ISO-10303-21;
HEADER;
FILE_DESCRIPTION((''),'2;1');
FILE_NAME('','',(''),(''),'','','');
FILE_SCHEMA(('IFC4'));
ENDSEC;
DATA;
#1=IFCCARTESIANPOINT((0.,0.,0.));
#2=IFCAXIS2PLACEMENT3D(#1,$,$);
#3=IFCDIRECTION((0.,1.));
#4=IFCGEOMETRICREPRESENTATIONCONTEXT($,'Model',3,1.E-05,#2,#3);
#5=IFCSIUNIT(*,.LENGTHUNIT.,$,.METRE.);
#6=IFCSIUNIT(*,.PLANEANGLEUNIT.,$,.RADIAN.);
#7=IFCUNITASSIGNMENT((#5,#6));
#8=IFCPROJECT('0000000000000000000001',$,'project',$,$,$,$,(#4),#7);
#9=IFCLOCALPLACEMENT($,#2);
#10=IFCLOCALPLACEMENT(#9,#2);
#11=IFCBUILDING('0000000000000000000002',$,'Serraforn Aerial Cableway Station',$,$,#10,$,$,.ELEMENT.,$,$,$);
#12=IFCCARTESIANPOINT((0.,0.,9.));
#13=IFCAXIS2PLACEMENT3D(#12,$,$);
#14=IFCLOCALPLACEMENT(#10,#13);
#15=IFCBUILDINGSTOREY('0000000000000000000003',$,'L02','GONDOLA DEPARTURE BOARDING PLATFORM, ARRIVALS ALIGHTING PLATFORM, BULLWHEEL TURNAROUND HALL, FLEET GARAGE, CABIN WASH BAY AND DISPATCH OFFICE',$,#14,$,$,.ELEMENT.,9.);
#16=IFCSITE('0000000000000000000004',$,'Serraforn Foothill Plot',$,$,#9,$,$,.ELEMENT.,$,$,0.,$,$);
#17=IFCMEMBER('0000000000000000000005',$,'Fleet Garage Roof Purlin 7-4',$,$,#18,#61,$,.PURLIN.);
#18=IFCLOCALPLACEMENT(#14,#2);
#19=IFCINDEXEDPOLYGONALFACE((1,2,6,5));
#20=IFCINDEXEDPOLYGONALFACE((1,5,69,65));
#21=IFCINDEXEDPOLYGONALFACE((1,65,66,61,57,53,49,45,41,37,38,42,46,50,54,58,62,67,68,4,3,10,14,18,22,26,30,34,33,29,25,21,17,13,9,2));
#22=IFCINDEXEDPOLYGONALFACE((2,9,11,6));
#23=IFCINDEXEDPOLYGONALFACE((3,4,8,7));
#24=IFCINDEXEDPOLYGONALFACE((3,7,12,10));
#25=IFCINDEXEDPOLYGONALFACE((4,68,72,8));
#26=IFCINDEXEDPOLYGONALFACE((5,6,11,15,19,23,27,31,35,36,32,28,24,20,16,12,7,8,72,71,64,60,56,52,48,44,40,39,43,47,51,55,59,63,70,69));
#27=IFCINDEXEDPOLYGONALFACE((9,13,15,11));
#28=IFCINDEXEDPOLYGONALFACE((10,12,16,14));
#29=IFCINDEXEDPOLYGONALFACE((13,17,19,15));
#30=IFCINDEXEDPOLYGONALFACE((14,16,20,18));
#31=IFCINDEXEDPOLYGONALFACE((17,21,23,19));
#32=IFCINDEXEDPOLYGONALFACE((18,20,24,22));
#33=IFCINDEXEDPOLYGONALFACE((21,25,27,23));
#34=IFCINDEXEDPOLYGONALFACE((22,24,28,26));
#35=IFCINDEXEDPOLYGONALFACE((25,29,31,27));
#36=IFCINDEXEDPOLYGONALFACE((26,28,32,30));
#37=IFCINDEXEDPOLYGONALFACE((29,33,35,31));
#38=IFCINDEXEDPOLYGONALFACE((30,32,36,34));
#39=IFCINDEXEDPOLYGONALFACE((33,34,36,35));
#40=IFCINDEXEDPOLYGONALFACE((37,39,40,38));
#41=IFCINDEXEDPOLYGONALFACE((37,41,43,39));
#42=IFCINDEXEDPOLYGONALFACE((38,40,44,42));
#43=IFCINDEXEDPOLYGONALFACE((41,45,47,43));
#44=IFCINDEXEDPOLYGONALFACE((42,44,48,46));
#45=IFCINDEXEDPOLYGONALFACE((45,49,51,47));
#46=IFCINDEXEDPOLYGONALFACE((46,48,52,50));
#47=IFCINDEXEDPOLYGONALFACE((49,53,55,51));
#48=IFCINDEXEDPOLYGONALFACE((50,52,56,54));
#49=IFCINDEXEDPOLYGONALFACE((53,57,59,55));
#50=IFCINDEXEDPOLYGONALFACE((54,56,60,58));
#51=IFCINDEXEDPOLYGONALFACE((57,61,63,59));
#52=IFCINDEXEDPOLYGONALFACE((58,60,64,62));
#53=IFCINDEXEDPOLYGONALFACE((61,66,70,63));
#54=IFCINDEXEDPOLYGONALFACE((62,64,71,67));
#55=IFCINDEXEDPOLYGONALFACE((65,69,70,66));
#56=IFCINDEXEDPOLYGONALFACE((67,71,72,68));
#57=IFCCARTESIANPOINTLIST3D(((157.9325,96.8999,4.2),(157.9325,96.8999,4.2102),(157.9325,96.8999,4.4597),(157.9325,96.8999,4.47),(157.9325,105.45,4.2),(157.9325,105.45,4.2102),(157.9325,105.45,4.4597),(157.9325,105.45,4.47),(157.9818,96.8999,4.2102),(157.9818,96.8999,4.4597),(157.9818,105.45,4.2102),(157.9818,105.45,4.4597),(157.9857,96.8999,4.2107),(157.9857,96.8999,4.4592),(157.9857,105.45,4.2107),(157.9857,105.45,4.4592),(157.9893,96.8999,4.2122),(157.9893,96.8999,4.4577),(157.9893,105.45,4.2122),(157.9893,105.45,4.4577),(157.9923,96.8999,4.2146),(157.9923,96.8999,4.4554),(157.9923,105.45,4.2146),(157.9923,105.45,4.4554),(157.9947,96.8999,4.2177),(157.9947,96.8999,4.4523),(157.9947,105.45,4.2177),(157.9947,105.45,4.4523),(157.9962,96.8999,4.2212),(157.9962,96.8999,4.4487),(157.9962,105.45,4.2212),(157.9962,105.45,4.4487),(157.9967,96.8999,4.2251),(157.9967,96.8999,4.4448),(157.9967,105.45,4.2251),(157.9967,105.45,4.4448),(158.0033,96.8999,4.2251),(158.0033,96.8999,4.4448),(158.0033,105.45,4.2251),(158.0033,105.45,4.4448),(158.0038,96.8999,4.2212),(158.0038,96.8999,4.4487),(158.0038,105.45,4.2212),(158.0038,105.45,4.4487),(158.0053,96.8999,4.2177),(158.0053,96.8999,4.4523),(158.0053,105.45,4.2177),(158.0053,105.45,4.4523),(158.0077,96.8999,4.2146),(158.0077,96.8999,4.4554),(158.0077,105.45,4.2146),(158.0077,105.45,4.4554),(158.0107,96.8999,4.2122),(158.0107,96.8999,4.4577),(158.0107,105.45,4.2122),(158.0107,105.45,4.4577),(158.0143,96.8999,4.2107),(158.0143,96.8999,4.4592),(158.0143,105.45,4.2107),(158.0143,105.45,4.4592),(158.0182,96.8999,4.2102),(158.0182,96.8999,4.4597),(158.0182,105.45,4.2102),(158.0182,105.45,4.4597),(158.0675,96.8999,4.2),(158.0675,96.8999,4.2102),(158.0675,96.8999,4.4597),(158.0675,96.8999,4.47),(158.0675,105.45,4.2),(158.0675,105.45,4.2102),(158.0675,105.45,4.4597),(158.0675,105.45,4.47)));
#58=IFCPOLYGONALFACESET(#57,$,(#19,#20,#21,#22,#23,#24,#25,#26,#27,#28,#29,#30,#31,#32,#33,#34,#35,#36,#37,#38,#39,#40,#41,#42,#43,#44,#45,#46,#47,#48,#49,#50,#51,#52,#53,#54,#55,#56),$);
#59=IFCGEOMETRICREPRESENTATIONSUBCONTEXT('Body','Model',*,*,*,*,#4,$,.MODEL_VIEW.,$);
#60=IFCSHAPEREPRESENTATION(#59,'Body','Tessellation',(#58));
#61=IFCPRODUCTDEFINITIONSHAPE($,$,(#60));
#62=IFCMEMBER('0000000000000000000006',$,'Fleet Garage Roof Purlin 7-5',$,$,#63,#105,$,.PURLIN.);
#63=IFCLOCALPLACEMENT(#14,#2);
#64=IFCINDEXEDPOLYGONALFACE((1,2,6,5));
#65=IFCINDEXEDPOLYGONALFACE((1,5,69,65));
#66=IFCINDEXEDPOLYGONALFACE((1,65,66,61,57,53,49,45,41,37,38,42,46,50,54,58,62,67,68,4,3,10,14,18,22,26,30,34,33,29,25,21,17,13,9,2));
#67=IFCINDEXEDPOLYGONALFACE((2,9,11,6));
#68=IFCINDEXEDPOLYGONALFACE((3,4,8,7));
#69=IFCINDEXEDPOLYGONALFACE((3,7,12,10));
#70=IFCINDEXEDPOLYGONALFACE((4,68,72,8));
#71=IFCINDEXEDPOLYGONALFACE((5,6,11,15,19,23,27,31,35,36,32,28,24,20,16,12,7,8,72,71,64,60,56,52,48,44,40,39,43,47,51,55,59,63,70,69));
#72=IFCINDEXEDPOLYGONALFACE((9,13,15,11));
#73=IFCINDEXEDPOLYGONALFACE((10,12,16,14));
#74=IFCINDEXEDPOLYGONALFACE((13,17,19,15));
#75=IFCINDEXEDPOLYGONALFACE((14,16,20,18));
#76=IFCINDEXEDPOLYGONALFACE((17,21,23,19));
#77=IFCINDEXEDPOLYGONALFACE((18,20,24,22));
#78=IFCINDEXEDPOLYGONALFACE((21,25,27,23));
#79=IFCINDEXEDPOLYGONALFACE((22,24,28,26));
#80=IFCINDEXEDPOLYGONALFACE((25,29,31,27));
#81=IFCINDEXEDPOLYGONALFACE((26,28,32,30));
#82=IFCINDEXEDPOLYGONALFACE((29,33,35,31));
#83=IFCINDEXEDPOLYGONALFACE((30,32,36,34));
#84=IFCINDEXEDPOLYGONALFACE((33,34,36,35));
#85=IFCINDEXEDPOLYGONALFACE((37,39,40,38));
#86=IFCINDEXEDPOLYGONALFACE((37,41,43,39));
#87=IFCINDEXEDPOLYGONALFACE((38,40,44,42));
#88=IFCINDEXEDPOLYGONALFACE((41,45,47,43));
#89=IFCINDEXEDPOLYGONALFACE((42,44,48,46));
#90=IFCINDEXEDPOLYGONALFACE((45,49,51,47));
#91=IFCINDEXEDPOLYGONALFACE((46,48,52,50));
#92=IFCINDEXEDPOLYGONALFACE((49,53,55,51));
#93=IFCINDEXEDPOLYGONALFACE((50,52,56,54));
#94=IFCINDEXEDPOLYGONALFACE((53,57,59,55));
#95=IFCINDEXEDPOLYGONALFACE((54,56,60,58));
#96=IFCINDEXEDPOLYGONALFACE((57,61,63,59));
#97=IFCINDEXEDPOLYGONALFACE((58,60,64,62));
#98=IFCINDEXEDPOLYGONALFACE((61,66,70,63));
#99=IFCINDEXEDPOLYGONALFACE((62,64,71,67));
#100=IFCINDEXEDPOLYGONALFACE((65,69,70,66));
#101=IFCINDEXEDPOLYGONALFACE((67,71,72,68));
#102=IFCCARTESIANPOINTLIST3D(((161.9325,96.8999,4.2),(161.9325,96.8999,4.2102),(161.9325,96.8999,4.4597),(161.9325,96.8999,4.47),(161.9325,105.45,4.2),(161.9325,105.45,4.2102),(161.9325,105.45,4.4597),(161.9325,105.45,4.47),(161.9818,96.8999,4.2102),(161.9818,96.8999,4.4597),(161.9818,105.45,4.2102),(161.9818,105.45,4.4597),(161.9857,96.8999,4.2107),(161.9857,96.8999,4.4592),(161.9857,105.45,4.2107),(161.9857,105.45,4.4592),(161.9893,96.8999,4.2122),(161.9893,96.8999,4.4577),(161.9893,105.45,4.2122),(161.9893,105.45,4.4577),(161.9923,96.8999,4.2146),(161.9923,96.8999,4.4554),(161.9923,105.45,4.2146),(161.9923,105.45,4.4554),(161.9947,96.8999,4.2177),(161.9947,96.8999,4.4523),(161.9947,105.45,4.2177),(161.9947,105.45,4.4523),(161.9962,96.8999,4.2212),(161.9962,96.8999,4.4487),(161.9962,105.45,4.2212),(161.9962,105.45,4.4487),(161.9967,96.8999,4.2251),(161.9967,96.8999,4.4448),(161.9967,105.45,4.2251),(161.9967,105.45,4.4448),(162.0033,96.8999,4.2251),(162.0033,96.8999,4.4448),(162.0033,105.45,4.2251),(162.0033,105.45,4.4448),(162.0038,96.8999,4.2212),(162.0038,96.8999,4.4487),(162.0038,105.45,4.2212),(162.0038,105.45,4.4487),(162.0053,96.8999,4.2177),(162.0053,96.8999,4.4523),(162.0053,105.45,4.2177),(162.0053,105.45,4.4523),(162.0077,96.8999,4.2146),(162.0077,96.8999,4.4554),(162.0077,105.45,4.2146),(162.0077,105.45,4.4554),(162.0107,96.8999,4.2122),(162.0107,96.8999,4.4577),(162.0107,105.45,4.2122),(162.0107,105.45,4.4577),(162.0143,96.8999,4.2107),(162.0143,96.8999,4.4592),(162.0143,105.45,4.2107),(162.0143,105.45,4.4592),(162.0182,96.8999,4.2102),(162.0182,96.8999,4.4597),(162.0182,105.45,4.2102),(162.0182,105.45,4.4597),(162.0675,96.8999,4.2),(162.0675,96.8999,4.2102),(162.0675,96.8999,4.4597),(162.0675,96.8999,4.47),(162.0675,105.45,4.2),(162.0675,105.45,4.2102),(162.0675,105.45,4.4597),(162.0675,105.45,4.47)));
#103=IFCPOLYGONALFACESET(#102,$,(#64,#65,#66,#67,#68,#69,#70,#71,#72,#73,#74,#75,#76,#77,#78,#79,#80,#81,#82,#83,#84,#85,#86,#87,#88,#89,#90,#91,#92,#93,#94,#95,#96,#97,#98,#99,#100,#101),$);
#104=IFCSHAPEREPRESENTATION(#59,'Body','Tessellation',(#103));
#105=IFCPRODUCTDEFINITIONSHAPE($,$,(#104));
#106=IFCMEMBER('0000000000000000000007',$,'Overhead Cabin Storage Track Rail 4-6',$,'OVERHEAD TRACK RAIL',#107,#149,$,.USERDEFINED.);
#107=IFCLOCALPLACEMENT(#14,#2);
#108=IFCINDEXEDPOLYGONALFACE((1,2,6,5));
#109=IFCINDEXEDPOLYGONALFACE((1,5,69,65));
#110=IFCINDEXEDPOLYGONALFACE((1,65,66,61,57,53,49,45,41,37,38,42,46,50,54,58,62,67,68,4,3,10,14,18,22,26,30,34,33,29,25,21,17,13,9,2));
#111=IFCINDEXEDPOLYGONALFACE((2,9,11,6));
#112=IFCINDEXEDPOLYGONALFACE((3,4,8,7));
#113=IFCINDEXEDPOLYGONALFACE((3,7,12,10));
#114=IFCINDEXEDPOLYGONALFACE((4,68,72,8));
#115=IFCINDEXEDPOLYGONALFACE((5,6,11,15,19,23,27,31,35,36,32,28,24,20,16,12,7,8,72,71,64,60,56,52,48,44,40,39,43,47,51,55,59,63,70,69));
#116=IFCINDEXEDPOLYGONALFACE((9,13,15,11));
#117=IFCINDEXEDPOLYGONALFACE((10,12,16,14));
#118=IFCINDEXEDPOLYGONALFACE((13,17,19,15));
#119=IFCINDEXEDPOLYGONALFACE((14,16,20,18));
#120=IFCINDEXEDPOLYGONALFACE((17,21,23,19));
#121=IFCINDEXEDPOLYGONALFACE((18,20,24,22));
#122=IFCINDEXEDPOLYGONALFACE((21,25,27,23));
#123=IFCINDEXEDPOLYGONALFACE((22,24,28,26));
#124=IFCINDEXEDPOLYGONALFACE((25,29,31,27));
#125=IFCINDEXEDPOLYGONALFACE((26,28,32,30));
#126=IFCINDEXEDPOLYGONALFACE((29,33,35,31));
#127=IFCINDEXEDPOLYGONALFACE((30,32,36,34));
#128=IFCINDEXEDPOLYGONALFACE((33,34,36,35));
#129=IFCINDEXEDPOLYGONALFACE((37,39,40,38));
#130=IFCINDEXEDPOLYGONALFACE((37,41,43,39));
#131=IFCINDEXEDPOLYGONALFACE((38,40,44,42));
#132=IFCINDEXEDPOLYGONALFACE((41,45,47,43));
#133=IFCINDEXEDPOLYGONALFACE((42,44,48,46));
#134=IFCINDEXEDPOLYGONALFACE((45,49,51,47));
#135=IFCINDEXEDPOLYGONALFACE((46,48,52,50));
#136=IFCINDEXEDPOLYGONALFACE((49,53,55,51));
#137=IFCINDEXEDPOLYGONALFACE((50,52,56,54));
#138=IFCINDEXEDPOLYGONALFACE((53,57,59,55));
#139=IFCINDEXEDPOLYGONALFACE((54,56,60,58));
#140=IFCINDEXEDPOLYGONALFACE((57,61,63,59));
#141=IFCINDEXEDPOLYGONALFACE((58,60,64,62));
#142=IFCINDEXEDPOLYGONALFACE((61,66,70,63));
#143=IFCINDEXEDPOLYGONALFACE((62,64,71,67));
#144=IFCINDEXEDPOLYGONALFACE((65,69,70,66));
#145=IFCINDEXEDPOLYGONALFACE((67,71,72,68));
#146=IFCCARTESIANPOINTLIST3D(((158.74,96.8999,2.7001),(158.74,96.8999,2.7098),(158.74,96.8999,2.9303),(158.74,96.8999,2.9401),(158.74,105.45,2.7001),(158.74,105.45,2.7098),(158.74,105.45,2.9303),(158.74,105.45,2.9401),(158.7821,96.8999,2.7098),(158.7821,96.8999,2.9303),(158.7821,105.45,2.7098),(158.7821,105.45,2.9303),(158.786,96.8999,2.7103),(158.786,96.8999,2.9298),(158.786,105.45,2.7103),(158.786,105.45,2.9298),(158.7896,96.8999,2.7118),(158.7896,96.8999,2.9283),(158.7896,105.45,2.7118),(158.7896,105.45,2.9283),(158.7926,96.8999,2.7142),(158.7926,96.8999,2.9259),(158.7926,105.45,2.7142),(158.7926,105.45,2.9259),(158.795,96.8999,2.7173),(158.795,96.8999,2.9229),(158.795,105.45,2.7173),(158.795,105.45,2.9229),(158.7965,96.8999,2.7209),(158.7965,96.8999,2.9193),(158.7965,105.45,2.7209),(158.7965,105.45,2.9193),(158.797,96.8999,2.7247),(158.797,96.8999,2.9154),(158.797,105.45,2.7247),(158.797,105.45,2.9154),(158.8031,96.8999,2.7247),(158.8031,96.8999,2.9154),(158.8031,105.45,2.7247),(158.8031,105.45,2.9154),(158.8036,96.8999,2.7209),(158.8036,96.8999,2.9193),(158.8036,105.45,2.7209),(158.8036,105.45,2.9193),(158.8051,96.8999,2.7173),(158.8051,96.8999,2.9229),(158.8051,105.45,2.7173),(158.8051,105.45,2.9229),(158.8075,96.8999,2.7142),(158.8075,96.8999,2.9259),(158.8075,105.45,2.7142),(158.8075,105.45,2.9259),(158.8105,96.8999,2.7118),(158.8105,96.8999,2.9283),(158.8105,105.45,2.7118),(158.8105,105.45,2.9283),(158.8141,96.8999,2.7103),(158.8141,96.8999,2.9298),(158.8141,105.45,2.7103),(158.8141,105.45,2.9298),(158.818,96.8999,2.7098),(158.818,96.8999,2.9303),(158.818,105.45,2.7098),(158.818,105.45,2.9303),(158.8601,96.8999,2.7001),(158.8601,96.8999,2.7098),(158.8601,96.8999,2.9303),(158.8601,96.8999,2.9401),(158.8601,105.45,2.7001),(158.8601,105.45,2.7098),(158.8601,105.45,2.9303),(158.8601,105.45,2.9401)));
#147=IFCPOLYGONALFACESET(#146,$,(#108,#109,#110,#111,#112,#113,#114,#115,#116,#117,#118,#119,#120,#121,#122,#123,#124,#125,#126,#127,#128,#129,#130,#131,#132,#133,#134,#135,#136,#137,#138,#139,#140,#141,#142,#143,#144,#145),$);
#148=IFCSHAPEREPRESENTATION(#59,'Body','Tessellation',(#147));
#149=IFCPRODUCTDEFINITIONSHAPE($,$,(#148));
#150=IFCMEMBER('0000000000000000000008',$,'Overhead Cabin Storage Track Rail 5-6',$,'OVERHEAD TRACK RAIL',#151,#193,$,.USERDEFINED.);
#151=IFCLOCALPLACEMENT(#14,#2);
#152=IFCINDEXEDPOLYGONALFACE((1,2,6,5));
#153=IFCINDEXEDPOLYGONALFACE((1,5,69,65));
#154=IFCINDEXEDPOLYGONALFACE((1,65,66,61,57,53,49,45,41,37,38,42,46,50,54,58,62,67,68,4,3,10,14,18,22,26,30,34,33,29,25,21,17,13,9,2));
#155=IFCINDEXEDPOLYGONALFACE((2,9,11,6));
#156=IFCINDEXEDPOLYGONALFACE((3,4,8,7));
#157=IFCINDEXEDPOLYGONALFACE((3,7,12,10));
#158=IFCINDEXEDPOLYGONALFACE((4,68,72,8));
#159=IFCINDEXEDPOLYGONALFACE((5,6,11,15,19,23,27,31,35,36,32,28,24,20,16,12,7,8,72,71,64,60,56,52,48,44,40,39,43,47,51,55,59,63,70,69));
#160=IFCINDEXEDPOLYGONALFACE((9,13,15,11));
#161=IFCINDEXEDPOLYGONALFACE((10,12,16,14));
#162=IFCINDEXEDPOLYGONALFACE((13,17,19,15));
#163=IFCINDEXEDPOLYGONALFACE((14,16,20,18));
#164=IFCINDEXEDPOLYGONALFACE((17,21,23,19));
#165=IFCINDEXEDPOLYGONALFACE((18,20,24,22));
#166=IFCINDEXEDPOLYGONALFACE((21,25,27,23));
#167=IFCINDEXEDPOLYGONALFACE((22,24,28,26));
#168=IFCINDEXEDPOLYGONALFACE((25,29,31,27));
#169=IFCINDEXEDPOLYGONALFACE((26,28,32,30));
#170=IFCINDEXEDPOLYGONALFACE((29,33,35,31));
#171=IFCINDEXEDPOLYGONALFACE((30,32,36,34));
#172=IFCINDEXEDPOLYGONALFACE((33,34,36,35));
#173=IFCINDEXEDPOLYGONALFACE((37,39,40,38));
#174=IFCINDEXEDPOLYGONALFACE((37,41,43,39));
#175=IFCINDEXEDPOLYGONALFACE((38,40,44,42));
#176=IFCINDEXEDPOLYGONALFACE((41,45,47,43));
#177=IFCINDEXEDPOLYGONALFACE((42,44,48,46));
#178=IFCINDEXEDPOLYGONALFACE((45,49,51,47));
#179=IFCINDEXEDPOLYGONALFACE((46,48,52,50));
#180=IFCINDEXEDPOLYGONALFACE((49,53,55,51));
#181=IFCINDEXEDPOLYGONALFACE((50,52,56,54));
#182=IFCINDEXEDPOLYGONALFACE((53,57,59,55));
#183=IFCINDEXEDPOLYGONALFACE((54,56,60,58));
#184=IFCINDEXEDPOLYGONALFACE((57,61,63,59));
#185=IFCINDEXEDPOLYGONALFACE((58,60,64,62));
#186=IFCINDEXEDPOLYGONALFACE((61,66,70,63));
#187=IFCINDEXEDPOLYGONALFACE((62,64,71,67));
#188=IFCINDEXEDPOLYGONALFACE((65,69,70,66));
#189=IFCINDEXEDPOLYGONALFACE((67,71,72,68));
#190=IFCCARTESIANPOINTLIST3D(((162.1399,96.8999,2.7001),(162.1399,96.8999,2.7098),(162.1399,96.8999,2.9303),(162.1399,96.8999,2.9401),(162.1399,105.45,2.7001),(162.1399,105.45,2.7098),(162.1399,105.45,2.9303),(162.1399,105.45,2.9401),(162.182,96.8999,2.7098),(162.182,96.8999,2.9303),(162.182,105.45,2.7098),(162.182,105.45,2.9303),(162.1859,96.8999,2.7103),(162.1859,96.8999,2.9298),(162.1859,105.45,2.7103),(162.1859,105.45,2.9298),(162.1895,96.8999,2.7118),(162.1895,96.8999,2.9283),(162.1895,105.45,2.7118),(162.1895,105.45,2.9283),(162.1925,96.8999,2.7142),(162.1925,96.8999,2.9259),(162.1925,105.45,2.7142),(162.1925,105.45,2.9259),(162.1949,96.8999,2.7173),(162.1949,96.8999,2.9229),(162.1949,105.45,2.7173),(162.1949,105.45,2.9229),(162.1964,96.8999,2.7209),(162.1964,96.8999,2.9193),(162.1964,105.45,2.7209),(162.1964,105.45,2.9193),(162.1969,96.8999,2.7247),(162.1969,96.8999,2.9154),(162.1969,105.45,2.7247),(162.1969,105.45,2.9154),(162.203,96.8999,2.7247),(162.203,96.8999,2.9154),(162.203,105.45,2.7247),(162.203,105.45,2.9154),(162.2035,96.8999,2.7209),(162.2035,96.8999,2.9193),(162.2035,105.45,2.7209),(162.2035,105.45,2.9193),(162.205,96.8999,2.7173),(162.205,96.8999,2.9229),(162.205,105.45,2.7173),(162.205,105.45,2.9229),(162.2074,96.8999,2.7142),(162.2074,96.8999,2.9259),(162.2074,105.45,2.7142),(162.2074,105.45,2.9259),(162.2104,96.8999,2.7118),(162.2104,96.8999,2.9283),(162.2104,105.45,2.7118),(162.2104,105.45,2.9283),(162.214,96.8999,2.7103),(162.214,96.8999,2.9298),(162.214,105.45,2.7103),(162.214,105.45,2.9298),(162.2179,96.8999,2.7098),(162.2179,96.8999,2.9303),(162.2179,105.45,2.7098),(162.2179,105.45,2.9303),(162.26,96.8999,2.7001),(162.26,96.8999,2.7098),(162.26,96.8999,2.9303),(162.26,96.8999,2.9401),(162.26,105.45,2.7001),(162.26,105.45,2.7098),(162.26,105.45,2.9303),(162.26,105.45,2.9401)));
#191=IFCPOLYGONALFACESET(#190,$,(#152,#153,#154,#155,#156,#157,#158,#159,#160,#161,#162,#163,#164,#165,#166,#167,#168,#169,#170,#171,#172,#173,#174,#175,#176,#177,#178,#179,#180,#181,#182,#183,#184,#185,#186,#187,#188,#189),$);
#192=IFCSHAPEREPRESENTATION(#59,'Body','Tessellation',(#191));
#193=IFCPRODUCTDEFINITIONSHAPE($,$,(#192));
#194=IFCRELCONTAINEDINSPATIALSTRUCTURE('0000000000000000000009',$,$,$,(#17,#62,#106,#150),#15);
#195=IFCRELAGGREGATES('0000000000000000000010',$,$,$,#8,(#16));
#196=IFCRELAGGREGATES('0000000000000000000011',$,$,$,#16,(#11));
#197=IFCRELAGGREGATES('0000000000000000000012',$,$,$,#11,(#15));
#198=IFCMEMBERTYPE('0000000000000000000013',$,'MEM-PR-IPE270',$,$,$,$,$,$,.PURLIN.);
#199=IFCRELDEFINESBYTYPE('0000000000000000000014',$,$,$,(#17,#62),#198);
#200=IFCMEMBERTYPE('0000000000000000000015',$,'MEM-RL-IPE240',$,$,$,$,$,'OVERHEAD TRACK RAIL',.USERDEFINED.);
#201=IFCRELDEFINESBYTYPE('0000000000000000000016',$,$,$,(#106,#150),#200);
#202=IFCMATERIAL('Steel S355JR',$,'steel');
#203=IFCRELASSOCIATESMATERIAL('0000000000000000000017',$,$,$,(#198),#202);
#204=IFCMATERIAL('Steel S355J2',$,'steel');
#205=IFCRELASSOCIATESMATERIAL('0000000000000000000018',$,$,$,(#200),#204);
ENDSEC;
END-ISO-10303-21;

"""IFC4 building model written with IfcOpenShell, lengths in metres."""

from ifc_helpers import new_model, si_unit, direction, frame, origin, origin_2d, place, context, subcontext, project, spatial, i_section, extrude, material, material_profile, profile_set, type_object, element, save


model = new_model("IFC4")

# Units and contexts
model_context = context("Model", 3, precision=1e-05, world=origin(), true_north=direction((0.0, 1.0)))
body_context = subcontext(model_context, "Body", "Model", "MODEL_VIEW")
ifc_project = project(units=[si_unit("LENGTHUNIT", "METRE"), si_unit("PLANEANGLEUNIT", "RADIAN")], contexts=[model_context])

# Site, building, storey
site_placement = place(None, origin())
site = spatial("IfcSite", under=ifc_project, at=site_placement, Name="Serraforn Foothill Plot", CompositionType="ELEMENT", RefElevation=0.0)
building_placement = place(site_placement, origin())
building = spatial("IfcBuilding", under=site, at=building_placement, Name="Serraforn Aerial Cableway Station", CompositionType="ELEMENT")
storey_placement = place(building_placement, frame((0.0, 0.0, 9.0)))
storey = spatial("IfcBuildingStorey", under=building, at=storey_placement, Name="L02", Description="GONDOLA DEPARTURE BOARDING PLATFORM, ARRIVALS ALIGHTING PLATFORM, BULLWHEEL TURNAROUND HALL, FLEET GARAGE, CABIN WASH BAY AND DISPATCH OFFICE", CompositionType="ELEMENT", Elevation=9.0)

# Shared definitions
ifc_material_1 = material(Name="Steel S355JR", Category="steel")

# Members
ifc_material_2 = material(Name="Steel S355J2", Category="steel")
ifc_material_profile_1 = material_profile(ifc_material_1, i_section(OverallWidth=0.135, OverallDepth=0.27, WebThickness=0.0066, FlangeThickness=0.0103, FilletRadius=0.0149, at=origin_2d()), Name="IPE 270")
ifc_profile_set_1 = profile_set([ifc_material_profile_1], Name="Steel S355JR")
member_type_1 = type_object("IfcMemberType", Name="MEM-PR-IPE270", PredefinedType="PURLIN", material=ifc_profile_set_1)
for number, where, z_axis, x_axis, name in (
    (1, (158.0, 96.8999, 4.335), (0.0, 1.0, 0.0), (-1.0, 0.0, 0.0), "Fleet Garage Roof Purlin 7-4"),
    (2, (162.0, 96.8999, 4.335), (0.0, 1.0, 0.0), (-1.0, 0.0, 0.0), "Fleet Garage Roof Purlin 7-5"),
):
    element("IfcMember", number, at=place(storey_placement, frame(where, z_axis=z_axis, x_axis=x_axis)), inside=storey, type_object=member_type_1, Name=name, PredefinedType="PURLIN", context=body_context, shape_type="SweptSolid", body=[
        extrude(i_section(OverallWidth=0.135, OverallDepth=0.27, WebThickness=0.0066, FlangeThickness=0.0103, FilletRadius=0.0149, at=origin_2d()), origin(), (0.0, 0.0, 1.0), 8.55),
    ])
ifc_material_profile_2 = material_profile(ifc_material_2, i_section(OverallWidth=0.1201, OverallDepth=0.24, WebThickness=0.0061, FlangeThickness=0.0098, FilletRadius=0.0149, at=origin_2d()), Name="IPE 240")
ifc_profile_set_2 = profile_set([ifc_material_profile_2], Name="Steel S355J2")
member_type_2 = type_object("IfcMemberType", Name="MEM-RL-IPE240", ElementType="OVERHEAD TRACK RAIL", PredefinedType="USERDEFINED", material=ifc_profile_set_2)
for number, where, z_axis, x_axis, name in (
    (3, (158.8, 96.8999, 2.8201), (0.0, 1.0, 0.0), (-1.0, 0.0, 0.0), "Overhead Cabin Storage Track Rail 4-6"),
    (4, (162.2, 96.8999, 2.8201), (0.0, 1.0, 0.0), (-1.0, 0.0, 0.0), "Overhead Cabin Storage Track Rail 5-6"),
):
    element("IfcMember", number, at=place(storey_placement, frame(where, z_axis=z_axis, x_axis=x_axis)), inside=storey, type_object=member_type_2, Name=name, ObjectType="OVERHEAD TRACK RAIL", PredefinedType="USERDEFINED", context=body_context, shape_type="SweptSolid", body=[
        extrude(i_section(OverallWidth=0.1201, OverallDepth=0.24, WebThickness=0.0061, FlangeThickness=0.0098, FilletRadius=0.0149, at=origin_2d()), origin(), (0.0, 0.0, 1.0), 8.55),
    ])

save(model, "model.ifc")
